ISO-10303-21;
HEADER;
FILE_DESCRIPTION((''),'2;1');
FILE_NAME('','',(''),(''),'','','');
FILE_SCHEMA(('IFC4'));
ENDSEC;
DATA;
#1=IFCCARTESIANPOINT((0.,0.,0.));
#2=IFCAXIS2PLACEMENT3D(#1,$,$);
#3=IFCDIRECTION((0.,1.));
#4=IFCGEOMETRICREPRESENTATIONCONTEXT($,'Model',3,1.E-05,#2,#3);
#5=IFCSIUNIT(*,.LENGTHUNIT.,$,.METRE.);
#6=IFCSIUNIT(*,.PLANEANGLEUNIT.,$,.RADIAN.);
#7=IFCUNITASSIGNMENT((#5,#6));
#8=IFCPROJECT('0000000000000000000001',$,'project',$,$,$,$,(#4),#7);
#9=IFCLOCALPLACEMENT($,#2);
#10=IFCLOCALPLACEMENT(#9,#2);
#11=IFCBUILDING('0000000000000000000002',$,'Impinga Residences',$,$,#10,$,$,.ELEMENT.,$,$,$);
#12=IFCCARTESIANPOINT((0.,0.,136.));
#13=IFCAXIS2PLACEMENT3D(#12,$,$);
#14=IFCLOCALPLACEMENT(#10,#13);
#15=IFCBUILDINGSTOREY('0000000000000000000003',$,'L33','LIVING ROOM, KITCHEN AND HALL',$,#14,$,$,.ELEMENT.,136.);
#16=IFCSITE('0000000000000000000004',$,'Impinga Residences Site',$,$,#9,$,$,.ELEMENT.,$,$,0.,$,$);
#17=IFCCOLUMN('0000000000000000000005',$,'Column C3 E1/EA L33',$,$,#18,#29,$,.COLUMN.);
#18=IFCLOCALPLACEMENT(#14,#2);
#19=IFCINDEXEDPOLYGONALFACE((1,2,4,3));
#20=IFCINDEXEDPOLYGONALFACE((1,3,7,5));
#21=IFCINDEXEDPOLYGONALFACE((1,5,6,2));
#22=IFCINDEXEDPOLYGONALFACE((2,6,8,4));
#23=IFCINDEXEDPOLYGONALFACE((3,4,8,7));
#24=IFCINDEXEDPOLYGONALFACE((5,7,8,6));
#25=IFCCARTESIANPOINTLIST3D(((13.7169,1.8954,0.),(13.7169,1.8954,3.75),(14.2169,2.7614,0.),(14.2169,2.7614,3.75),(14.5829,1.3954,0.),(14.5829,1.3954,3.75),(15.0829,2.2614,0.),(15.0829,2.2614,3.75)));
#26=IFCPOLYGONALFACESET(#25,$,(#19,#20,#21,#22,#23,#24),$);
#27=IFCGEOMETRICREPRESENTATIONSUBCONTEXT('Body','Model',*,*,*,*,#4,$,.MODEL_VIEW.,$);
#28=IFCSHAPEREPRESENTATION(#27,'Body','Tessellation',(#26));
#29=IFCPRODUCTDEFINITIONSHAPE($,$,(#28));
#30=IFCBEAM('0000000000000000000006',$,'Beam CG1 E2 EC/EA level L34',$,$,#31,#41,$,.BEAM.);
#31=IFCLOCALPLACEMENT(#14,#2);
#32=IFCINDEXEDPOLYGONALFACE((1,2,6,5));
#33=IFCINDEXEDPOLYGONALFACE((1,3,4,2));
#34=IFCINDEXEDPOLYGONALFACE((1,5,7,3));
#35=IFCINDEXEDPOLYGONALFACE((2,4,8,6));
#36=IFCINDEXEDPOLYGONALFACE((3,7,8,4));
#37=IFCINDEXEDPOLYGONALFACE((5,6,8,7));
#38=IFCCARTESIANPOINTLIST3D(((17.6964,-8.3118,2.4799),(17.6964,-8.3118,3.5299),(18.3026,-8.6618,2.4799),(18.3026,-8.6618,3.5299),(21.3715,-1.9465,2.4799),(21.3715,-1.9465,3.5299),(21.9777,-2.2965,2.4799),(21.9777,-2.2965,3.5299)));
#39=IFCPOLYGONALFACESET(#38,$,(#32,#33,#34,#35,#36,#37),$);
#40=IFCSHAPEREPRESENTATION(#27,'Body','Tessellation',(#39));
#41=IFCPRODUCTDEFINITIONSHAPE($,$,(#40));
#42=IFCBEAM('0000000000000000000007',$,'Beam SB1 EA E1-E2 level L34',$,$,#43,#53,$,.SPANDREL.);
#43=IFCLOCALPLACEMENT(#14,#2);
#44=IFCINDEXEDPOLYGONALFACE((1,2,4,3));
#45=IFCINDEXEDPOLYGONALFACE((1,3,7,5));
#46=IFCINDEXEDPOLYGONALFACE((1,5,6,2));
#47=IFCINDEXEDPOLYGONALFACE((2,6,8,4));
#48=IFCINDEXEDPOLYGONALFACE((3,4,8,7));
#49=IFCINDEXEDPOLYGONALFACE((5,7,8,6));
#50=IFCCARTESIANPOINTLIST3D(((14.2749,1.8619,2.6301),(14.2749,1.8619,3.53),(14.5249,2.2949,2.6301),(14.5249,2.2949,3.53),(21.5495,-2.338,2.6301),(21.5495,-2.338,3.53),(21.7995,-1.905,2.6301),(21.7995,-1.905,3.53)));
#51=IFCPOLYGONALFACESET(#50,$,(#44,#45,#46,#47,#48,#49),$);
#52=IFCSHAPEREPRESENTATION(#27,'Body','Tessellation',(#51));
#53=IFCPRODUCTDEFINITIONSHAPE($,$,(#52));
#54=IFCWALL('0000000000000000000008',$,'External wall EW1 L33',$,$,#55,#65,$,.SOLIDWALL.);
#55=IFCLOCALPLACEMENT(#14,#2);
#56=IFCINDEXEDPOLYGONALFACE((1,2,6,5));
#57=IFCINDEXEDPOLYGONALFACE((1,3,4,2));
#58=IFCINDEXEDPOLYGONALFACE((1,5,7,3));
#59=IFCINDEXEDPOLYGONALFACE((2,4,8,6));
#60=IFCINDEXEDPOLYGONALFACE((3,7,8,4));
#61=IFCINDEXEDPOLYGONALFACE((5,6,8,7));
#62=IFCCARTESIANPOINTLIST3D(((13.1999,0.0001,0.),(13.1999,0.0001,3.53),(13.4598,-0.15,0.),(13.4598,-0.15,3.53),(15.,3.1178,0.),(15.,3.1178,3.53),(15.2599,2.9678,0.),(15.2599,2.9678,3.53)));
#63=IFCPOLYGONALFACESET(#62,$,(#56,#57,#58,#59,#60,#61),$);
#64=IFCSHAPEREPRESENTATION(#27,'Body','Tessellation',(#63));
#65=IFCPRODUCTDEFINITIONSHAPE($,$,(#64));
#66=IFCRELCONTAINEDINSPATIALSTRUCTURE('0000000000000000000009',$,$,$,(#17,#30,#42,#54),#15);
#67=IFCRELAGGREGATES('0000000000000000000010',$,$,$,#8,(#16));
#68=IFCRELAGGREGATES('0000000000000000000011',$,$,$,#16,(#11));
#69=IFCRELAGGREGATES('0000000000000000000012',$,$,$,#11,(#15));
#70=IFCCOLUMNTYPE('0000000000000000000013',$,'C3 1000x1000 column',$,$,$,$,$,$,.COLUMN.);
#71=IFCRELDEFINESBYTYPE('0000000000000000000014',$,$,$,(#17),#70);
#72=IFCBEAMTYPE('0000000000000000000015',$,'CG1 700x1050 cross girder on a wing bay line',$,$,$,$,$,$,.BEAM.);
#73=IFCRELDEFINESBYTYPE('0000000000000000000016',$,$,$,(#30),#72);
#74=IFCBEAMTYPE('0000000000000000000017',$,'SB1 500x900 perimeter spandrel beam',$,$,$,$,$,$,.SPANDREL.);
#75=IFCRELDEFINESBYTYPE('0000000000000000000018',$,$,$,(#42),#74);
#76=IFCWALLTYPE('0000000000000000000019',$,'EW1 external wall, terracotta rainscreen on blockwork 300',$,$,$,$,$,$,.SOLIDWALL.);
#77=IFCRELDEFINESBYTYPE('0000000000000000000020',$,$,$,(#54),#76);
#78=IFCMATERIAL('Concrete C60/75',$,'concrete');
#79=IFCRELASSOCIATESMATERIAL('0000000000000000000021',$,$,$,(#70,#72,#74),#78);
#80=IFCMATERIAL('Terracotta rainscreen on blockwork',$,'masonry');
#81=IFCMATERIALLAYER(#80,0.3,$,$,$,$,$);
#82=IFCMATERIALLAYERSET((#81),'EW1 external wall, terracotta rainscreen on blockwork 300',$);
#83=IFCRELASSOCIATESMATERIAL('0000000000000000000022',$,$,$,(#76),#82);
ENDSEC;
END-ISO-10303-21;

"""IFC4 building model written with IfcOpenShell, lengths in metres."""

from ifc_helpers import new_model, si_unit, direction, frame, frame_2d, origin, origin_2d, place, context, subcontext, project, spatial, rectangle, extrude, material, layer, layer_set, material_profile, profile_set, type_object, element, save


model = new_model("IFC4")

# Units and contexts
model_context = context("Model", 3, precision=1e-05, world=origin(), true_north=direction((0.0, 1.0)))
body_context = subcontext(model_context, "Body", "Model", "MODEL_VIEW")
ifc_project = project(units=[si_unit("LENGTHUNIT", "METRE"), si_unit("PLANEANGLEUNIT", "RADIAN")], contexts=[model_context])

# Site, building, storey
site_placement = place(None, origin())
site = spatial("IfcSite", under=ifc_project, at=site_placement, Name="Impinga Residences Site", CompositionType="ELEMENT", RefElevation=0.0)
building_placement = place(site_placement, origin())
building = spatial("IfcBuilding", under=site, at=building_placement, Name="Impinga Residences", CompositionType="ELEMENT")
storey_placement = place(building_placement, frame((0.0, 0.0, 136.0)))
storey = spatial("IfcBuildingStorey", under=building, at=storey_placement, Name="L33", Description="LIVING ROOM, KITCHEN AND HALL", CompositionType="ELEMENT", Elevation=136.0)

# Column
ifc_material_1 = material(Name="Concrete C60/75", Category="concrete")
ifc_material_profile_1 = material_profile(ifc_material_1, rectangle(XDim=1.0, YDim=1.0, at=origin_2d()), Name="RC 1000x1000")
ifc_profile_set_1 = profile_set([ifc_material_profile_1], Name="Concrete C60/75")
column_type = type_object("IfcColumnType", Name="C3 1000x1000 column", PredefinedType="COLUMN", material=ifc_profile_set_1)
column_placement = place(storey_placement, frame((14.3999, 2.0784, 0.0), z_axis=(0.0, 0.0, 1.0), x_axis=(-0.5, -0.866025, 0.0)))
element("IfcColumn", 1, at=column_placement, inside=storey, type_object=column_type, Name="Column C3 E1/EA L33", PredefinedType="COLUMN", context=body_context, shape_type="SweptSolid", body=[
    extrude(rectangle(XDim=1.0, YDim=1.0, at=origin_2d()), origin(), (0.0, 0.0, 1.0), 3.75),
])

# Beams
ifc_material_profile_2 = material_profile(ifc_material_1, rectangle(XDim=0.7, YDim=1.05, at=origin_2d()), Name="RC 700x1050")
ifc_profile_set_2 = profile_set([ifc_material_profile_2], Name="Concrete C60/75")
beam_type_1 = type_object("IfcBeamType", Name="CG1 700x1050 cross girder on a wing bay line", PredefinedType="BEAM", material=ifc_profile_set_2)
beam_1_placement = place(storey_placement, frame((17.9995, -8.4868, 3.0049), z_axis=(0.500008, 0.866021, 0.0), x_axis=(-0.866021, 0.500008, 0.0)))
element("IfcBeam", 2, at=beam_1_placement, inside=storey, type_object=beam_type_1, Name="Beam CG1 E2 EC/EA level L34", PredefinedType="BEAM", context=body_context, shape_type="SweptSolid", body=[
    extrude(rectangle(XDim=0.7, YDim=1.05, at=origin_2d()), origin(), (0.0, 0.0, 1.0), 7.3501),
])
ifc_material_profile_3 = material_profile(ifc_material_1, rectangle(XDim=0.5, YDim=0.8999, at=origin_2d()), Name="RC 500x900")
ifc_profile_set_3 = profile_set([ifc_material_profile_3], Name="Concrete C60/75")
beam_type_2 = type_object("IfcBeamType", Name="SB1 500x900 perimeter spandrel beam", PredefinedType="SPANDREL", material=ifc_profile_set_3)
beam_2_placement = place(storey_placement, frame((14.3999, 2.0784, 3.0801), z_axis=(0.866029, -0.499993, 0.0), x_axis=(0.499993, 0.866029, 0.0)))
element("IfcBeam", 3, at=beam_2_placement, inside=storey, type_object=beam_type_2, Name="Beam SB1 EA E1-E2 level L34", PredefinedType="SPANDREL", context=body_context, shape_type="SweptSolid", body=[
    extrude(rectangle(XDim=0.5, YDim=0.8999, at=origin_2d()), origin(), (0.0, 0.0, 1.0), 8.3999),
])

# Wall
ifc_material_2 = material(Name="Terracotta rainscreen on blockwork", Category="masonry")
ifc_layer_1 = layer(ifc_material_2, 0.3)
ifc_layer_set_1 = layer_set([ifc_layer_1], Name="EW1 external wall, terracotta rainscreen on blockwork 300")
wall_type_1 = type_object("IfcWallType", Name="EW1 external wall, terracotta rainscreen on blockwork 300", PredefinedType="SOLIDWALL", material=ifc_layer_set_1)
wall_1_placement = place(storey_placement, frame((13.3298, -0.075, 0.0), z_axis=(0.0, 0.0, 1.0), x_axis=(0.500012, 0.866018, 0.0)))
element("IfcWall", 4, at=wall_1_placement, inside=storey, type_object=wall_type_1, Name="External wall EW1 L33", PredefinedType="SOLIDWALL", context=body_context, shape_type="SweptSolid", body=[
    extrude(rectangle(XDim=3.6001, YDim=0.3, at=frame_2d((1.8, 0.0))), origin(), (0.0, 0.0, 1.0), 3.53),
])

save(model, "model.ifc")
